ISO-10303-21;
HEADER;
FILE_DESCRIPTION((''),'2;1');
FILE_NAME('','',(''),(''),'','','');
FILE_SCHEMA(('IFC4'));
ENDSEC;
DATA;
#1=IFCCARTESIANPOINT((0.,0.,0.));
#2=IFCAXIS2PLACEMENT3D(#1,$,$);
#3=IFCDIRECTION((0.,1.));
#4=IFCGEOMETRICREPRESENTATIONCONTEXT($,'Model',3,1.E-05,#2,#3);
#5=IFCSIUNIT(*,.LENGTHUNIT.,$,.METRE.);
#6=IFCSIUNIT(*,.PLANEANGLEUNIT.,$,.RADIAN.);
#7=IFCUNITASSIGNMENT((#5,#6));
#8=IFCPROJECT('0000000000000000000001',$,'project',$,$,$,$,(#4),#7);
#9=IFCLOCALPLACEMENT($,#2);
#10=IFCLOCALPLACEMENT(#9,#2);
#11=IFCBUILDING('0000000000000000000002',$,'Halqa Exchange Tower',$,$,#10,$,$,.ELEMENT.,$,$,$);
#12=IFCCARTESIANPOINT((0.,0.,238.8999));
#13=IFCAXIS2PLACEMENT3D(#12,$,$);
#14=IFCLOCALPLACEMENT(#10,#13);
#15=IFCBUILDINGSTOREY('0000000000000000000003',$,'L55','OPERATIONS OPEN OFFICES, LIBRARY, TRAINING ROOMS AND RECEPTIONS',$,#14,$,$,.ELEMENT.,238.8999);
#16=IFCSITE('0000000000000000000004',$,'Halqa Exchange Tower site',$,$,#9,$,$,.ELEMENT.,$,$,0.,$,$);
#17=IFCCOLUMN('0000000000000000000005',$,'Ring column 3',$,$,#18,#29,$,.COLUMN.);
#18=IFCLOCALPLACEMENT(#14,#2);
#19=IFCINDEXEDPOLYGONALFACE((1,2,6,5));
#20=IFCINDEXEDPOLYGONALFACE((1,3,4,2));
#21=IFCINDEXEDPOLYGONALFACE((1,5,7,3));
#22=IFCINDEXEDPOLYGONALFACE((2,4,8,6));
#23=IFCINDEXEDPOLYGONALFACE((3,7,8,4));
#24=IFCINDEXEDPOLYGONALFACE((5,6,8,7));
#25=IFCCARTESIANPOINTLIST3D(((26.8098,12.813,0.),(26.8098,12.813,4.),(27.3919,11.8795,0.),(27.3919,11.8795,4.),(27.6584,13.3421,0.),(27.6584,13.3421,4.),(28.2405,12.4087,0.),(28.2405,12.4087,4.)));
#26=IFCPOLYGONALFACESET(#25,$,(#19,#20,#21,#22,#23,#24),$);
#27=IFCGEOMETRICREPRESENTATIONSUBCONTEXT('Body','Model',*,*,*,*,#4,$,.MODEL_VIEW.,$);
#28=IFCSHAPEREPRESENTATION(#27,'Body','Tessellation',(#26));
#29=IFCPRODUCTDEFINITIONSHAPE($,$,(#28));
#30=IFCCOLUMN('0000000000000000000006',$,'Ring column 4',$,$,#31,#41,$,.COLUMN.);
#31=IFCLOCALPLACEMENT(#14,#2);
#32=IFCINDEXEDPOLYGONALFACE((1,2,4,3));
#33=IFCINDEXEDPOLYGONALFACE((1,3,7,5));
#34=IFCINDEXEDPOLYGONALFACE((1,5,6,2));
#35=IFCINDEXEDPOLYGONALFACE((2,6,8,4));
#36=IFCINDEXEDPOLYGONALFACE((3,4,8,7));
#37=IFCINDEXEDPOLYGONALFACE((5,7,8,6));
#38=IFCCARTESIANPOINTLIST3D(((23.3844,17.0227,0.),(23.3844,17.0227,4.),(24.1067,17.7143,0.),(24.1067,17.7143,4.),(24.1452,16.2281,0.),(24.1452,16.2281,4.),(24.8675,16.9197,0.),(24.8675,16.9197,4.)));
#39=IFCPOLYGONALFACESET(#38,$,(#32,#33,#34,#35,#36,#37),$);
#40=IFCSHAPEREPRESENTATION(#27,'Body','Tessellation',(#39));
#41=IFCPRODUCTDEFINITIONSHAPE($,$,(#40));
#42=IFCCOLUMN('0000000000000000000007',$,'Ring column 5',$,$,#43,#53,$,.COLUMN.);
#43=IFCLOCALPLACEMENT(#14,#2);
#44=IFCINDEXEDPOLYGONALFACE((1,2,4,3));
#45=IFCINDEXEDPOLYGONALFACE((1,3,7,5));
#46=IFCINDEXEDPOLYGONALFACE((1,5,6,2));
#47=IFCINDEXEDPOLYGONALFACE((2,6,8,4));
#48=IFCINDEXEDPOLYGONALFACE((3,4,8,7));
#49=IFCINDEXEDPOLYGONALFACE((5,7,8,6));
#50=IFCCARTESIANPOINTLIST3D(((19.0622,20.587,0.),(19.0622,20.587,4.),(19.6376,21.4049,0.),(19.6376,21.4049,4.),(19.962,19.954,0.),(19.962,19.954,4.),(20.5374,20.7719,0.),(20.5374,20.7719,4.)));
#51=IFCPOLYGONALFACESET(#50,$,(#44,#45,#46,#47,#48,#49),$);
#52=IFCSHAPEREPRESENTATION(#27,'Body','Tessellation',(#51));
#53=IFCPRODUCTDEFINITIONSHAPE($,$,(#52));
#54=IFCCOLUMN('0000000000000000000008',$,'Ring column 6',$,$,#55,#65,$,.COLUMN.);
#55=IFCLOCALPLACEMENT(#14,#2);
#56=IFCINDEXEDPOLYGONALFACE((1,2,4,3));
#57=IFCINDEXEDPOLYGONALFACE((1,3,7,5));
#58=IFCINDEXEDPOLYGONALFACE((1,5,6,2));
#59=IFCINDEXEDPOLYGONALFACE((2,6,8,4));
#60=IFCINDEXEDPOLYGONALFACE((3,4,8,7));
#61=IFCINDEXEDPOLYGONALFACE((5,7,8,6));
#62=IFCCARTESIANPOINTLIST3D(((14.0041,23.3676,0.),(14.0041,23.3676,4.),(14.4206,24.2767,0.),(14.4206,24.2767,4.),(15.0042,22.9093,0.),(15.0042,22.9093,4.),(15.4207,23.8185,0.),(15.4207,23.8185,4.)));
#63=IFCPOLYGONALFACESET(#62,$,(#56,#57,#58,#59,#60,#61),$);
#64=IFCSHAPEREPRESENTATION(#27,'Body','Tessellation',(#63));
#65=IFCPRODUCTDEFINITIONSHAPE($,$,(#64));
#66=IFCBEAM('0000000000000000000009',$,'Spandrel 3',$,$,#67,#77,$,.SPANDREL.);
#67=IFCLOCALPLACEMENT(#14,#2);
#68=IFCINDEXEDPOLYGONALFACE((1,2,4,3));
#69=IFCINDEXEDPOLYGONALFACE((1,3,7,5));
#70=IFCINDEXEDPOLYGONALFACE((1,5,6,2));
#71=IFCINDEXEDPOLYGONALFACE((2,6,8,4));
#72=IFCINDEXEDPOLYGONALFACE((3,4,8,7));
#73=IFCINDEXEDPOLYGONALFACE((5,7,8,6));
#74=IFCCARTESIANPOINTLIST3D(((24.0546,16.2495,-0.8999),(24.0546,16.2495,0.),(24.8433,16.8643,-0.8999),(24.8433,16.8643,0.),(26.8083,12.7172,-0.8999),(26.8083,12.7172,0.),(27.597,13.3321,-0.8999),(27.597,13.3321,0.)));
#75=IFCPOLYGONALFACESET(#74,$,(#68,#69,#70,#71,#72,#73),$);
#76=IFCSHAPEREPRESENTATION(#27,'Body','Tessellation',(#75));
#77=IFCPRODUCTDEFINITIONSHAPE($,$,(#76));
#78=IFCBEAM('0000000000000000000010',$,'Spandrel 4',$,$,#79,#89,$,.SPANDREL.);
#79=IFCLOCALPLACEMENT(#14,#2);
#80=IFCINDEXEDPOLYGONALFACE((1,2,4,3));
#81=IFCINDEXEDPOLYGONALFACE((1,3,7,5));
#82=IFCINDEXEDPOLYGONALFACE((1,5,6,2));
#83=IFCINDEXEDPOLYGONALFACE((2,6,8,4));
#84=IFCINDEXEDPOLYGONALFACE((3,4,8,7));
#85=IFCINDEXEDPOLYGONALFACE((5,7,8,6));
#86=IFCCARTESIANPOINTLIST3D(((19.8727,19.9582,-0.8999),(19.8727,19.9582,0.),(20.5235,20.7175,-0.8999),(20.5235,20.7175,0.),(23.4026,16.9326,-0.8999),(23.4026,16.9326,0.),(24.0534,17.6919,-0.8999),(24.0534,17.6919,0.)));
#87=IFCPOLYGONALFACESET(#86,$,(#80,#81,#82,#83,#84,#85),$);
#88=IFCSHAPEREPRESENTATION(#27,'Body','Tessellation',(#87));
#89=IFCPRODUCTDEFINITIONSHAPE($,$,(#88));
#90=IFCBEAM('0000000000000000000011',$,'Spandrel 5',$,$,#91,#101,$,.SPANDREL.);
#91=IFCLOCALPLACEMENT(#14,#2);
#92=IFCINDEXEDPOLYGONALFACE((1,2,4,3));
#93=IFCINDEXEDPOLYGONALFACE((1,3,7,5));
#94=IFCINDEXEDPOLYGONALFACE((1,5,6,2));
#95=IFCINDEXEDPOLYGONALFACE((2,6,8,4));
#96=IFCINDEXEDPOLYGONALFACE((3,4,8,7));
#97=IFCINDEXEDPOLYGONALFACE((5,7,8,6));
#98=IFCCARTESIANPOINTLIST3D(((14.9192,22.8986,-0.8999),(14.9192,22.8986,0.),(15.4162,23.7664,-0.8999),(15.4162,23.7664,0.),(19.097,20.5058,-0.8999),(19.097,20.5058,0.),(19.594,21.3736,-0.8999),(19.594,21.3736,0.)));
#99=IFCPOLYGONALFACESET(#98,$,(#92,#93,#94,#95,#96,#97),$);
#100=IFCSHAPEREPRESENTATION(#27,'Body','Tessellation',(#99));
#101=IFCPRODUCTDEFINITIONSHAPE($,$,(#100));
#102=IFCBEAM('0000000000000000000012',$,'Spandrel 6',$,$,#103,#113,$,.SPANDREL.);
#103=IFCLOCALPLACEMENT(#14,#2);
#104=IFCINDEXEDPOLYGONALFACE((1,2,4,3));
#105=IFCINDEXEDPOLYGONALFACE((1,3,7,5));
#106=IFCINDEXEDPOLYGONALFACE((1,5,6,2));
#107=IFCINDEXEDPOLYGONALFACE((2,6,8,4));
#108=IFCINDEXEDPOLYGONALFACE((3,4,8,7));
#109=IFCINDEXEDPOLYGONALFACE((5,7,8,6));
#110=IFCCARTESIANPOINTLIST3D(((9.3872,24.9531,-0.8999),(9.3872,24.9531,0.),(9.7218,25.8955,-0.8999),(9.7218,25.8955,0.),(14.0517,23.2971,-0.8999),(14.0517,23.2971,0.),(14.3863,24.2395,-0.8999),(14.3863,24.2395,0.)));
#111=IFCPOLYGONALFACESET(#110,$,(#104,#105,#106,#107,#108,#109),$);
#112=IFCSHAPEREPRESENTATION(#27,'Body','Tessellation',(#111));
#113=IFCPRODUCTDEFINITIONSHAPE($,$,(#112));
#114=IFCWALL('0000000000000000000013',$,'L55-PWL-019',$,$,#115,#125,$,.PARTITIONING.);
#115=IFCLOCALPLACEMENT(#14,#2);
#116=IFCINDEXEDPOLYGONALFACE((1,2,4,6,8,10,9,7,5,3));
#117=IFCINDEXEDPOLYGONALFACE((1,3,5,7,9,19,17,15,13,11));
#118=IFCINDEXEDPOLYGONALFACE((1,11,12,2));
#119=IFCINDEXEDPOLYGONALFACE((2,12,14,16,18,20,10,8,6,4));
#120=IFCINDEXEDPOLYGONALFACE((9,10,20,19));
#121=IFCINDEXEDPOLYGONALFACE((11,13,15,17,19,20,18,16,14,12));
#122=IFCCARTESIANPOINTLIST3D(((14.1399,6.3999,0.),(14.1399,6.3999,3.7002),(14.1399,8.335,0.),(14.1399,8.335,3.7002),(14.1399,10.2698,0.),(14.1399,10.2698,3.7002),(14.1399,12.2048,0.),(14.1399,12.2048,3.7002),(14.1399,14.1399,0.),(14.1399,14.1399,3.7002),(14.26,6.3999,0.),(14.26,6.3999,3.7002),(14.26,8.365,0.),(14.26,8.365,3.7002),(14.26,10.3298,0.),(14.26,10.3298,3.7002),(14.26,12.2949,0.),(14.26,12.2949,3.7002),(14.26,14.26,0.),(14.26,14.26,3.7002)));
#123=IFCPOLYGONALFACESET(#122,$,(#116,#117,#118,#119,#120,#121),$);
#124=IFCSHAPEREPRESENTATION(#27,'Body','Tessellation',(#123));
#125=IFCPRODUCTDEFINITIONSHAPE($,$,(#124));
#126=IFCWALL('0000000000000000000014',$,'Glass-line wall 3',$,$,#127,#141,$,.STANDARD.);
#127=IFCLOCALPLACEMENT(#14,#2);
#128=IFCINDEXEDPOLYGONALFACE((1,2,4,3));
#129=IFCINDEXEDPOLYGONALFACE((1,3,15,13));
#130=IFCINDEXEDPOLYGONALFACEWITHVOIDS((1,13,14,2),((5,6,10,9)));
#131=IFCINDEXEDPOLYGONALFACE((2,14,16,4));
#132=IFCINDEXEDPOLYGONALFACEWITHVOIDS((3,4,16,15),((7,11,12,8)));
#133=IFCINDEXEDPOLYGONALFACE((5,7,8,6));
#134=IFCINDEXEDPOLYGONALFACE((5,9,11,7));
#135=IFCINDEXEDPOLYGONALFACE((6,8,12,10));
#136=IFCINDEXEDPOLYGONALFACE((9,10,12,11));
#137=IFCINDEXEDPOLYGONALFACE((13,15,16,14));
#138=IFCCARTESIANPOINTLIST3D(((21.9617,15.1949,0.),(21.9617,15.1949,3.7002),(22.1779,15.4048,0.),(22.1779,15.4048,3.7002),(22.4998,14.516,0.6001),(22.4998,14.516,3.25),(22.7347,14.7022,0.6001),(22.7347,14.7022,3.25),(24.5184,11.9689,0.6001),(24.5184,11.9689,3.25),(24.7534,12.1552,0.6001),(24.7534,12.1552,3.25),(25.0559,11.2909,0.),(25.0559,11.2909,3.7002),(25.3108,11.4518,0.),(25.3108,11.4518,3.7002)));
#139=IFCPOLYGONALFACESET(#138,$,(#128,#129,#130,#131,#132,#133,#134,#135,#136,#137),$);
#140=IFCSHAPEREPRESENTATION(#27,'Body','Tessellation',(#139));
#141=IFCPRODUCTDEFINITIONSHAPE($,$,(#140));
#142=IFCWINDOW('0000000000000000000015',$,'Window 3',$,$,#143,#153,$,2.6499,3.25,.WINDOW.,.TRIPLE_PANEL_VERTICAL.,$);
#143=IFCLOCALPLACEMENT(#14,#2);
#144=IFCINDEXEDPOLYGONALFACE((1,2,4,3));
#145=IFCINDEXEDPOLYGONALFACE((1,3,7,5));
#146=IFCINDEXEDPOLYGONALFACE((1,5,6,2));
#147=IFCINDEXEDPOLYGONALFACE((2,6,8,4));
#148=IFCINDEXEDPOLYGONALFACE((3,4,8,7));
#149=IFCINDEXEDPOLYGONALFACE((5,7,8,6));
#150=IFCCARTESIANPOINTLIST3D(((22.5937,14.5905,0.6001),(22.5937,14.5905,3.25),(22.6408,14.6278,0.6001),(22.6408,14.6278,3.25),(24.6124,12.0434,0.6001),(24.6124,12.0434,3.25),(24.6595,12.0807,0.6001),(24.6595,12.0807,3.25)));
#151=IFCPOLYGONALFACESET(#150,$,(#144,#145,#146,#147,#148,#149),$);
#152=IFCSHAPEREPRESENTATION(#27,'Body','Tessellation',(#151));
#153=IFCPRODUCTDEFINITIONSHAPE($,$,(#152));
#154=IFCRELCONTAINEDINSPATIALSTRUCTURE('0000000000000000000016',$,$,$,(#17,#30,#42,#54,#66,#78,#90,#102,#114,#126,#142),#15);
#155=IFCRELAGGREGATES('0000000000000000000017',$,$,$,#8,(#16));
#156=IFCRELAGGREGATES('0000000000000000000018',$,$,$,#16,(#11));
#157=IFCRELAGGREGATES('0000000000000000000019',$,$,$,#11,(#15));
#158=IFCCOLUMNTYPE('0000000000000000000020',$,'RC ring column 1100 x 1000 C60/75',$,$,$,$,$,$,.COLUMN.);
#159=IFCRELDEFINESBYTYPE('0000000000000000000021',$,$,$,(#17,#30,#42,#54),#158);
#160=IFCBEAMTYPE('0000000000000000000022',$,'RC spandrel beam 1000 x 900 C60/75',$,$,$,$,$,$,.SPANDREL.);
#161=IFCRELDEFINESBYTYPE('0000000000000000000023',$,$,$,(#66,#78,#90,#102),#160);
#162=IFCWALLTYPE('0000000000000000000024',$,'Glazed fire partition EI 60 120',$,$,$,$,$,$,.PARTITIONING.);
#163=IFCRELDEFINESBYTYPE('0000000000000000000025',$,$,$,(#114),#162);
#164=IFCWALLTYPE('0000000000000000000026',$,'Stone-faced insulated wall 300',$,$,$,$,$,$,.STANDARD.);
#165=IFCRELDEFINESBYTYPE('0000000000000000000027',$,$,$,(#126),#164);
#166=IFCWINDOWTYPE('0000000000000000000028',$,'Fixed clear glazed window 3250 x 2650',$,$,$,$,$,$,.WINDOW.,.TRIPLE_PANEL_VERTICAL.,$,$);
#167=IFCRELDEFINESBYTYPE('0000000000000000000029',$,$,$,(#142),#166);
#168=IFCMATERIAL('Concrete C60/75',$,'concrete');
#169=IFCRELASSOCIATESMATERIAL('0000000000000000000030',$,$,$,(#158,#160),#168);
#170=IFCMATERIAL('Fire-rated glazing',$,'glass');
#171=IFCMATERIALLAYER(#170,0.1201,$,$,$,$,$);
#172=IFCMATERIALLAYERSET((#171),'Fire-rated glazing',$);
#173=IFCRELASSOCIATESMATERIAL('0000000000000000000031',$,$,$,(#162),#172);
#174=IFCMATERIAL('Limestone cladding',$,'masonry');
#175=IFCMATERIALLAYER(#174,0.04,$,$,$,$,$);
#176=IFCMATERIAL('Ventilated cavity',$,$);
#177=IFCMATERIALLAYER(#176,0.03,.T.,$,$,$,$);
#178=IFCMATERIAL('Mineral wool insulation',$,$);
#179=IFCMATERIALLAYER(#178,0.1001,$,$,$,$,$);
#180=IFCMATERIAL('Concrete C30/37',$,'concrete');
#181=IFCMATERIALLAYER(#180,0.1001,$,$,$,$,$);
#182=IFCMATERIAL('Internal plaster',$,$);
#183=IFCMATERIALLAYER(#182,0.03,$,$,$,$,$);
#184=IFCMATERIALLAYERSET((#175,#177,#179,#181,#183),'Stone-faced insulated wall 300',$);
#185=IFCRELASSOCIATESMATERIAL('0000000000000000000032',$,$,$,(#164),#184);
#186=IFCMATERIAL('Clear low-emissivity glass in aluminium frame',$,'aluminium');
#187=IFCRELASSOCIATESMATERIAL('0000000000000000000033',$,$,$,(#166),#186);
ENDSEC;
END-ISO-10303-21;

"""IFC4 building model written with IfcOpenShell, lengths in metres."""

from ifc_helpers import new_model, si_unit, direction, frame, frame_2d, origin, origin_2d, place, context, subcontext, project, spatial, polyline, rectangle, outline, extrude, material, layer, layer_set, material_profile, profile_set, type_object, element, fill, save


model = new_model("IFC4")

# Units and contexts
model_context = context("Model", 3, precision=1e-05, world=origin(), true_north=direction((0.0, 1.0)))
body_context = subcontext(model_context, "Body", "Model", "MODEL_VIEW")
ifc_project = project(units=[si_unit("LENGTHUNIT", "METRE"), si_unit("PLANEANGLEUNIT", "RADIAN")], contexts=[model_context])

# Site, building, storey
site_placement = place(None, origin())
site = spatial("IfcSite", under=ifc_project, at=site_placement, Name="Halqa Exchange Tower site", CompositionType="ELEMENT", RefElevation=0.0)
building_placement = place(site_placement, origin())
building = spatial("IfcBuilding", under=site, at=building_placement, Name="Halqa Exchange Tower", CompositionType="ELEMENT")
storey_placement = place(building_placement, frame((0.0, 0.0, 238.8999)))
storey = spatial("IfcBuildingStorey", under=building, at=storey_placement, Name="L55", Description="OPERATIONS OPEN OFFICES, LIBRARY, TRAINING ROOMS AND RECEPTIONS", CompositionType="ELEMENT", Elevation=238.8999)

# Columns
ifc_material_1 = material(Name="Concrete C60/75", Category="concrete")
ifc_material_profile_1 = material_profile(ifc_material_1, rectangle(XDim=1.1001, YDim=1.0, at=origin_2d()), Name="1100 x 1000")
ifc_profile_set_1 = profile_set([ifc_material_profile_1], Name="Concrete C60/75")
column_type = type_object("IfcColumnType", Name="RC ring column 1100 x 1000 C60/75", PredefinedType="COLUMN", material=ifc_profile_set_1)
for number, where, z_axis, x_axis, name in (
    (1, (27.5251, 12.6108, 0.0), (0.0, 0.0, 1.0), (-0.529148, 0.84853, 0.0), "Ring column 3"),
    (2, (24.126, 16.9712, 0.0), (0.0, 0.0, 1.0), (-0.691579, 0.722301, 0.0), "Ring column 4"),
    (3, (19.7998, 20.6794, 0.0), (0.0, 0.0, 1.0), (-0.817905, 0.575354, 0.0), "Ring column 5"),
    (4, (14.7124, 23.593, 0.0), (0.0, 0.0, 1.0), (-0.909126, 0.416522, 0.0), "Ring column 6"),
):
    element("IfcColumn", number, at=place(storey_placement, frame(where, z_axis=z_axis, x_axis=x_axis)), inside=storey, type_object=column_type, Name=name, PredefinedType="COLUMN", context=body_context, shape_type="SweptSolid", body=[
        extrude(rectangle(XDim=1.1001, YDim=1.0, at=origin_2d()), origin(), (0.0, 0.0, 1.0), 4.0),
    ])

# Beams
ifc_material_profile_2 = material_profile(ifc_material_1, rectangle(XDim=1.0, YDim=0.8999, at=origin_2d()), Name="1000 x 900")
ifc_profile_set_2 = profile_set([ifc_material_profile_2], Name="Concrete C60/75")
beam_type = type_object("IfcBeamType", Name="RC spandrel beam 1000 x 900 C60/75", PredefinedType="SPANDREL", material=ifc_profile_set_2)
beam_1_placement = place(storey_placement, frame((27.2026, 13.0247, -0.45), z_axis=(-0.614827, 0.788662, 0.0), x_axis=(-0.788662, -0.614827, 0.0)))
element("IfcBeam", 5, at=beam_1_placement, inside=storey, type_object=beam_type, Name="Spandrel 3", PredefinedType="SPANDREL", context=body_context, shape_type="SweptSolid", body=[
    extrude(rectangle(XDim=1.0, YDim=0.8999, at=origin_2d()), origin(), (0.0, 0.0, 1.0), 4.4788),
])
beam_2_placement = place(storey_placement, frame((23.728, 17.3123, -0.45), z_axis=(-0.759268, 0.650778, 0.0), x_axis=(-0.650778, -0.759268, 0.0)))
element("IfcBeam", 6, at=beam_2_placement, inside=storey, type_object=beam_type, Name="Spandrel 4", PredefinedType="SPANDREL", context=body_context, shape_type="SweptSolid", body=[
    extrude(rectangle(XDim=1.0, YDim=0.8999, at=origin_2d()), origin(), (0.0, 0.0, 1.0), 4.6492),
])
beam_3_placement = place(storey_placement, frame((19.3455, 20.9397, -0.45), z_axis=(-0.867747, 0.497007, 0.0), x_axis=(-0.497007, -0.867747, 0.0)))
element("IfcBeam", 7, at=beam_3_placement, inside=storey, type_object=beam_type, Name="Spandrel 5", PredefinedType="SPANDREL", context=body_context, shape_type="SweptSolid", body=[
    extrude(rectangle(XDim=1.0, YDim=0.8999, at=origin_2d()), origin(), (0.0, 0.0, 1.0), 4.8145),
])
beam_4_placement = place(storey_placement, frame((14.219, 23.7683, -0.45), z_axis=(-0.942374, 0.334561, 0.0), x_axis=(-0.334561, -0.942374, 0.0)))
element("IfcBeam", 8, at=beam_4_placement, inside=storey, type_object=beam_type, Name="Spandrel 6", PredefinedType="SPANDREL", context=body_context, shape_type="SweptSolid", body=[
    extrude(rectangle(XDim=1.0, YDim=0.8999, at=origin_2d()), origin(), (0.0, 0.0, 1.0), 4.9497),
])

# Wall
ifc_material_2 = material(Name="Fire-rated glazing", Category="glass")
ifc_layer_1 = layer(ifc_material_2, 0.1201)
ifc_layer_set_1 = layer_set([ifc_layer_1], Name="Fire-rated glazing")
wall_type_1 = type_object("IfcWallType", Name="Glazed fire partition EI 60 120", PredefinedType="PARTITIONING", material=ifc_layer_set_1)
wall_1_placement = place(storey_placement, frame((14.2, 14.26, 0.0), z_axis=(0.0, 0.0, 1.0), x_axis=(0.0, -1.0, 0.0)))
element("IfcWall", 9, at=wall_1_placement, inside=storey, type_object=wall_type_1, Name="L55-PWL-019", PredefinedType="PARTITIONING", context=body_context, shape_type="SweptSolid", body=[
    extrude(outline(polyline([(7.8601, 0.0601), (5.895, 0.0601), (3.9302, 0.0601), (1.9651, 0.0601), (0.0, 0.0601), (0.1201, -0.0601), (2.0552, -0.0601), (3.9902, -0.0601), (5.925, -0.0601), (7.8601, -0.0601), (7.8601, 0.0601)])), origin(), (0.0, 0.0, 1.0), 3.7002),
])

# Wall, opening, window
ifc_material_3 = material(Name="Limestone cladding", Category="masonry")
ifc_layer_2 = layer(ifc_material_3, 0.04)
ifc_material_4 = material(Name="Ventilated cavity")
ifc_layer_3 = layer(ifc_material_4, 0.03, ventilated=True)
ifc_material_5 = material(Name="Mineral wool insulation")
ifc_layer_4 = layer(ifc_material_5, 0.1001)
ifc_material_6 = material(Name="Concrete C30/37", Category="concrete")
ifc_layer_5 = layer(ifc_material_6, 0.1001)
ifc_material_7 = material(Name="Internal plaster")
ifc_layer_6 = layer(ifc_material_7, 0.03)
ifc_layer_set_2 = layer_set([ifc_layer_2, ifc_layer_3, ifc_layer_4, ifc_layer_5, ifc_layer_6], Name="Stone-faced insulated wall 300")
wall_type_2 = type_object("IfcWallType", Name="Stone-faced insulated wall 300", PredefinedType="STANDARD", material=ifc_layer_set_2)
wall_2_placement = place(storey_placement, frame((25.1833, 11.3713, 0.0), z_axis=(0.0, 0.0, 1.0), x_axis=(-0.621131, 0.783707, 0.0)))
wall_2 = element("IfcWall", 10, at=wall_2_placement, inside=storey, type_object=wall_type_2, Name="Glass-line wall 3", PredefinedType="STANDARD", context=body_context, shape_type="SweptSolid", body=[
    extrude(outline(polyline([(-0.0161, -0.1499), (5.0278, -0.1499), (4.9976, 0.1499), (0.0161, 0.1499), (-0.0161, -0.1499)])), origin(), (0.0, 0.0, 1.0), 3.7002),
])
opening_1_placement = place(wall_2_placement, frame((0.8813, 0.0, 0.6001)))
opening_1 = element("IfcOpeningElement", 11, at=opening_1_placement, cuts=wall_2, PredefinedType="OPENING", context=body_context, shape_type="SweptSolid", body=[
    extrude(rectangle(XDim=3.25, YDim=2.6499, at=frame_2d((1.625, 1.325))), frame((0.0, 0.1621, 0.0), z_axis=(0.0, -1.0, 0.0), x_axis=(1.0, 0.0, 0.0)), (0.0, 0.0, 1.0), 0.324),
])
ifc_material_8 = material(Name="Clear low-emissivity glass in aluminium frame", Category="aluminium")
window_type = type_object("IfcWindowType", Name="Fixed clear glazed window 3250 x 2650", PartitioningType="TRIPLE_PANEL_VERTICAL", PredefinedType="WINDOW", material=ifc_material_8)
window_1_placement = place(opening_1_placement, origin())
window_1 = element("IfcWindow", 12, at=window_1_placement, inside=storey, type_object=window_type, Name="Window 3", OverallHeight=2.6499, OverallWidth=3.25, PartitioningType="TRIPLE_PANEL_VERTICAL", PredefinedType="WINDOW", context=body_context, shape_type="SweptSolid", body=[
    extrude(rectangle(XDim=3.25, YDim=2.6499, at=frame_2d((1.625, 1.325))), frame((0.0, 0.03, 0.0), z_axis=(0.0, -1.0, 0.0), x_axis=(1.0, 0.0, 0.0)), (0.0, 0.0, 1.0), 0.0601),
])
fill(opening_1, window_1)

save(model, "model.ifc")
